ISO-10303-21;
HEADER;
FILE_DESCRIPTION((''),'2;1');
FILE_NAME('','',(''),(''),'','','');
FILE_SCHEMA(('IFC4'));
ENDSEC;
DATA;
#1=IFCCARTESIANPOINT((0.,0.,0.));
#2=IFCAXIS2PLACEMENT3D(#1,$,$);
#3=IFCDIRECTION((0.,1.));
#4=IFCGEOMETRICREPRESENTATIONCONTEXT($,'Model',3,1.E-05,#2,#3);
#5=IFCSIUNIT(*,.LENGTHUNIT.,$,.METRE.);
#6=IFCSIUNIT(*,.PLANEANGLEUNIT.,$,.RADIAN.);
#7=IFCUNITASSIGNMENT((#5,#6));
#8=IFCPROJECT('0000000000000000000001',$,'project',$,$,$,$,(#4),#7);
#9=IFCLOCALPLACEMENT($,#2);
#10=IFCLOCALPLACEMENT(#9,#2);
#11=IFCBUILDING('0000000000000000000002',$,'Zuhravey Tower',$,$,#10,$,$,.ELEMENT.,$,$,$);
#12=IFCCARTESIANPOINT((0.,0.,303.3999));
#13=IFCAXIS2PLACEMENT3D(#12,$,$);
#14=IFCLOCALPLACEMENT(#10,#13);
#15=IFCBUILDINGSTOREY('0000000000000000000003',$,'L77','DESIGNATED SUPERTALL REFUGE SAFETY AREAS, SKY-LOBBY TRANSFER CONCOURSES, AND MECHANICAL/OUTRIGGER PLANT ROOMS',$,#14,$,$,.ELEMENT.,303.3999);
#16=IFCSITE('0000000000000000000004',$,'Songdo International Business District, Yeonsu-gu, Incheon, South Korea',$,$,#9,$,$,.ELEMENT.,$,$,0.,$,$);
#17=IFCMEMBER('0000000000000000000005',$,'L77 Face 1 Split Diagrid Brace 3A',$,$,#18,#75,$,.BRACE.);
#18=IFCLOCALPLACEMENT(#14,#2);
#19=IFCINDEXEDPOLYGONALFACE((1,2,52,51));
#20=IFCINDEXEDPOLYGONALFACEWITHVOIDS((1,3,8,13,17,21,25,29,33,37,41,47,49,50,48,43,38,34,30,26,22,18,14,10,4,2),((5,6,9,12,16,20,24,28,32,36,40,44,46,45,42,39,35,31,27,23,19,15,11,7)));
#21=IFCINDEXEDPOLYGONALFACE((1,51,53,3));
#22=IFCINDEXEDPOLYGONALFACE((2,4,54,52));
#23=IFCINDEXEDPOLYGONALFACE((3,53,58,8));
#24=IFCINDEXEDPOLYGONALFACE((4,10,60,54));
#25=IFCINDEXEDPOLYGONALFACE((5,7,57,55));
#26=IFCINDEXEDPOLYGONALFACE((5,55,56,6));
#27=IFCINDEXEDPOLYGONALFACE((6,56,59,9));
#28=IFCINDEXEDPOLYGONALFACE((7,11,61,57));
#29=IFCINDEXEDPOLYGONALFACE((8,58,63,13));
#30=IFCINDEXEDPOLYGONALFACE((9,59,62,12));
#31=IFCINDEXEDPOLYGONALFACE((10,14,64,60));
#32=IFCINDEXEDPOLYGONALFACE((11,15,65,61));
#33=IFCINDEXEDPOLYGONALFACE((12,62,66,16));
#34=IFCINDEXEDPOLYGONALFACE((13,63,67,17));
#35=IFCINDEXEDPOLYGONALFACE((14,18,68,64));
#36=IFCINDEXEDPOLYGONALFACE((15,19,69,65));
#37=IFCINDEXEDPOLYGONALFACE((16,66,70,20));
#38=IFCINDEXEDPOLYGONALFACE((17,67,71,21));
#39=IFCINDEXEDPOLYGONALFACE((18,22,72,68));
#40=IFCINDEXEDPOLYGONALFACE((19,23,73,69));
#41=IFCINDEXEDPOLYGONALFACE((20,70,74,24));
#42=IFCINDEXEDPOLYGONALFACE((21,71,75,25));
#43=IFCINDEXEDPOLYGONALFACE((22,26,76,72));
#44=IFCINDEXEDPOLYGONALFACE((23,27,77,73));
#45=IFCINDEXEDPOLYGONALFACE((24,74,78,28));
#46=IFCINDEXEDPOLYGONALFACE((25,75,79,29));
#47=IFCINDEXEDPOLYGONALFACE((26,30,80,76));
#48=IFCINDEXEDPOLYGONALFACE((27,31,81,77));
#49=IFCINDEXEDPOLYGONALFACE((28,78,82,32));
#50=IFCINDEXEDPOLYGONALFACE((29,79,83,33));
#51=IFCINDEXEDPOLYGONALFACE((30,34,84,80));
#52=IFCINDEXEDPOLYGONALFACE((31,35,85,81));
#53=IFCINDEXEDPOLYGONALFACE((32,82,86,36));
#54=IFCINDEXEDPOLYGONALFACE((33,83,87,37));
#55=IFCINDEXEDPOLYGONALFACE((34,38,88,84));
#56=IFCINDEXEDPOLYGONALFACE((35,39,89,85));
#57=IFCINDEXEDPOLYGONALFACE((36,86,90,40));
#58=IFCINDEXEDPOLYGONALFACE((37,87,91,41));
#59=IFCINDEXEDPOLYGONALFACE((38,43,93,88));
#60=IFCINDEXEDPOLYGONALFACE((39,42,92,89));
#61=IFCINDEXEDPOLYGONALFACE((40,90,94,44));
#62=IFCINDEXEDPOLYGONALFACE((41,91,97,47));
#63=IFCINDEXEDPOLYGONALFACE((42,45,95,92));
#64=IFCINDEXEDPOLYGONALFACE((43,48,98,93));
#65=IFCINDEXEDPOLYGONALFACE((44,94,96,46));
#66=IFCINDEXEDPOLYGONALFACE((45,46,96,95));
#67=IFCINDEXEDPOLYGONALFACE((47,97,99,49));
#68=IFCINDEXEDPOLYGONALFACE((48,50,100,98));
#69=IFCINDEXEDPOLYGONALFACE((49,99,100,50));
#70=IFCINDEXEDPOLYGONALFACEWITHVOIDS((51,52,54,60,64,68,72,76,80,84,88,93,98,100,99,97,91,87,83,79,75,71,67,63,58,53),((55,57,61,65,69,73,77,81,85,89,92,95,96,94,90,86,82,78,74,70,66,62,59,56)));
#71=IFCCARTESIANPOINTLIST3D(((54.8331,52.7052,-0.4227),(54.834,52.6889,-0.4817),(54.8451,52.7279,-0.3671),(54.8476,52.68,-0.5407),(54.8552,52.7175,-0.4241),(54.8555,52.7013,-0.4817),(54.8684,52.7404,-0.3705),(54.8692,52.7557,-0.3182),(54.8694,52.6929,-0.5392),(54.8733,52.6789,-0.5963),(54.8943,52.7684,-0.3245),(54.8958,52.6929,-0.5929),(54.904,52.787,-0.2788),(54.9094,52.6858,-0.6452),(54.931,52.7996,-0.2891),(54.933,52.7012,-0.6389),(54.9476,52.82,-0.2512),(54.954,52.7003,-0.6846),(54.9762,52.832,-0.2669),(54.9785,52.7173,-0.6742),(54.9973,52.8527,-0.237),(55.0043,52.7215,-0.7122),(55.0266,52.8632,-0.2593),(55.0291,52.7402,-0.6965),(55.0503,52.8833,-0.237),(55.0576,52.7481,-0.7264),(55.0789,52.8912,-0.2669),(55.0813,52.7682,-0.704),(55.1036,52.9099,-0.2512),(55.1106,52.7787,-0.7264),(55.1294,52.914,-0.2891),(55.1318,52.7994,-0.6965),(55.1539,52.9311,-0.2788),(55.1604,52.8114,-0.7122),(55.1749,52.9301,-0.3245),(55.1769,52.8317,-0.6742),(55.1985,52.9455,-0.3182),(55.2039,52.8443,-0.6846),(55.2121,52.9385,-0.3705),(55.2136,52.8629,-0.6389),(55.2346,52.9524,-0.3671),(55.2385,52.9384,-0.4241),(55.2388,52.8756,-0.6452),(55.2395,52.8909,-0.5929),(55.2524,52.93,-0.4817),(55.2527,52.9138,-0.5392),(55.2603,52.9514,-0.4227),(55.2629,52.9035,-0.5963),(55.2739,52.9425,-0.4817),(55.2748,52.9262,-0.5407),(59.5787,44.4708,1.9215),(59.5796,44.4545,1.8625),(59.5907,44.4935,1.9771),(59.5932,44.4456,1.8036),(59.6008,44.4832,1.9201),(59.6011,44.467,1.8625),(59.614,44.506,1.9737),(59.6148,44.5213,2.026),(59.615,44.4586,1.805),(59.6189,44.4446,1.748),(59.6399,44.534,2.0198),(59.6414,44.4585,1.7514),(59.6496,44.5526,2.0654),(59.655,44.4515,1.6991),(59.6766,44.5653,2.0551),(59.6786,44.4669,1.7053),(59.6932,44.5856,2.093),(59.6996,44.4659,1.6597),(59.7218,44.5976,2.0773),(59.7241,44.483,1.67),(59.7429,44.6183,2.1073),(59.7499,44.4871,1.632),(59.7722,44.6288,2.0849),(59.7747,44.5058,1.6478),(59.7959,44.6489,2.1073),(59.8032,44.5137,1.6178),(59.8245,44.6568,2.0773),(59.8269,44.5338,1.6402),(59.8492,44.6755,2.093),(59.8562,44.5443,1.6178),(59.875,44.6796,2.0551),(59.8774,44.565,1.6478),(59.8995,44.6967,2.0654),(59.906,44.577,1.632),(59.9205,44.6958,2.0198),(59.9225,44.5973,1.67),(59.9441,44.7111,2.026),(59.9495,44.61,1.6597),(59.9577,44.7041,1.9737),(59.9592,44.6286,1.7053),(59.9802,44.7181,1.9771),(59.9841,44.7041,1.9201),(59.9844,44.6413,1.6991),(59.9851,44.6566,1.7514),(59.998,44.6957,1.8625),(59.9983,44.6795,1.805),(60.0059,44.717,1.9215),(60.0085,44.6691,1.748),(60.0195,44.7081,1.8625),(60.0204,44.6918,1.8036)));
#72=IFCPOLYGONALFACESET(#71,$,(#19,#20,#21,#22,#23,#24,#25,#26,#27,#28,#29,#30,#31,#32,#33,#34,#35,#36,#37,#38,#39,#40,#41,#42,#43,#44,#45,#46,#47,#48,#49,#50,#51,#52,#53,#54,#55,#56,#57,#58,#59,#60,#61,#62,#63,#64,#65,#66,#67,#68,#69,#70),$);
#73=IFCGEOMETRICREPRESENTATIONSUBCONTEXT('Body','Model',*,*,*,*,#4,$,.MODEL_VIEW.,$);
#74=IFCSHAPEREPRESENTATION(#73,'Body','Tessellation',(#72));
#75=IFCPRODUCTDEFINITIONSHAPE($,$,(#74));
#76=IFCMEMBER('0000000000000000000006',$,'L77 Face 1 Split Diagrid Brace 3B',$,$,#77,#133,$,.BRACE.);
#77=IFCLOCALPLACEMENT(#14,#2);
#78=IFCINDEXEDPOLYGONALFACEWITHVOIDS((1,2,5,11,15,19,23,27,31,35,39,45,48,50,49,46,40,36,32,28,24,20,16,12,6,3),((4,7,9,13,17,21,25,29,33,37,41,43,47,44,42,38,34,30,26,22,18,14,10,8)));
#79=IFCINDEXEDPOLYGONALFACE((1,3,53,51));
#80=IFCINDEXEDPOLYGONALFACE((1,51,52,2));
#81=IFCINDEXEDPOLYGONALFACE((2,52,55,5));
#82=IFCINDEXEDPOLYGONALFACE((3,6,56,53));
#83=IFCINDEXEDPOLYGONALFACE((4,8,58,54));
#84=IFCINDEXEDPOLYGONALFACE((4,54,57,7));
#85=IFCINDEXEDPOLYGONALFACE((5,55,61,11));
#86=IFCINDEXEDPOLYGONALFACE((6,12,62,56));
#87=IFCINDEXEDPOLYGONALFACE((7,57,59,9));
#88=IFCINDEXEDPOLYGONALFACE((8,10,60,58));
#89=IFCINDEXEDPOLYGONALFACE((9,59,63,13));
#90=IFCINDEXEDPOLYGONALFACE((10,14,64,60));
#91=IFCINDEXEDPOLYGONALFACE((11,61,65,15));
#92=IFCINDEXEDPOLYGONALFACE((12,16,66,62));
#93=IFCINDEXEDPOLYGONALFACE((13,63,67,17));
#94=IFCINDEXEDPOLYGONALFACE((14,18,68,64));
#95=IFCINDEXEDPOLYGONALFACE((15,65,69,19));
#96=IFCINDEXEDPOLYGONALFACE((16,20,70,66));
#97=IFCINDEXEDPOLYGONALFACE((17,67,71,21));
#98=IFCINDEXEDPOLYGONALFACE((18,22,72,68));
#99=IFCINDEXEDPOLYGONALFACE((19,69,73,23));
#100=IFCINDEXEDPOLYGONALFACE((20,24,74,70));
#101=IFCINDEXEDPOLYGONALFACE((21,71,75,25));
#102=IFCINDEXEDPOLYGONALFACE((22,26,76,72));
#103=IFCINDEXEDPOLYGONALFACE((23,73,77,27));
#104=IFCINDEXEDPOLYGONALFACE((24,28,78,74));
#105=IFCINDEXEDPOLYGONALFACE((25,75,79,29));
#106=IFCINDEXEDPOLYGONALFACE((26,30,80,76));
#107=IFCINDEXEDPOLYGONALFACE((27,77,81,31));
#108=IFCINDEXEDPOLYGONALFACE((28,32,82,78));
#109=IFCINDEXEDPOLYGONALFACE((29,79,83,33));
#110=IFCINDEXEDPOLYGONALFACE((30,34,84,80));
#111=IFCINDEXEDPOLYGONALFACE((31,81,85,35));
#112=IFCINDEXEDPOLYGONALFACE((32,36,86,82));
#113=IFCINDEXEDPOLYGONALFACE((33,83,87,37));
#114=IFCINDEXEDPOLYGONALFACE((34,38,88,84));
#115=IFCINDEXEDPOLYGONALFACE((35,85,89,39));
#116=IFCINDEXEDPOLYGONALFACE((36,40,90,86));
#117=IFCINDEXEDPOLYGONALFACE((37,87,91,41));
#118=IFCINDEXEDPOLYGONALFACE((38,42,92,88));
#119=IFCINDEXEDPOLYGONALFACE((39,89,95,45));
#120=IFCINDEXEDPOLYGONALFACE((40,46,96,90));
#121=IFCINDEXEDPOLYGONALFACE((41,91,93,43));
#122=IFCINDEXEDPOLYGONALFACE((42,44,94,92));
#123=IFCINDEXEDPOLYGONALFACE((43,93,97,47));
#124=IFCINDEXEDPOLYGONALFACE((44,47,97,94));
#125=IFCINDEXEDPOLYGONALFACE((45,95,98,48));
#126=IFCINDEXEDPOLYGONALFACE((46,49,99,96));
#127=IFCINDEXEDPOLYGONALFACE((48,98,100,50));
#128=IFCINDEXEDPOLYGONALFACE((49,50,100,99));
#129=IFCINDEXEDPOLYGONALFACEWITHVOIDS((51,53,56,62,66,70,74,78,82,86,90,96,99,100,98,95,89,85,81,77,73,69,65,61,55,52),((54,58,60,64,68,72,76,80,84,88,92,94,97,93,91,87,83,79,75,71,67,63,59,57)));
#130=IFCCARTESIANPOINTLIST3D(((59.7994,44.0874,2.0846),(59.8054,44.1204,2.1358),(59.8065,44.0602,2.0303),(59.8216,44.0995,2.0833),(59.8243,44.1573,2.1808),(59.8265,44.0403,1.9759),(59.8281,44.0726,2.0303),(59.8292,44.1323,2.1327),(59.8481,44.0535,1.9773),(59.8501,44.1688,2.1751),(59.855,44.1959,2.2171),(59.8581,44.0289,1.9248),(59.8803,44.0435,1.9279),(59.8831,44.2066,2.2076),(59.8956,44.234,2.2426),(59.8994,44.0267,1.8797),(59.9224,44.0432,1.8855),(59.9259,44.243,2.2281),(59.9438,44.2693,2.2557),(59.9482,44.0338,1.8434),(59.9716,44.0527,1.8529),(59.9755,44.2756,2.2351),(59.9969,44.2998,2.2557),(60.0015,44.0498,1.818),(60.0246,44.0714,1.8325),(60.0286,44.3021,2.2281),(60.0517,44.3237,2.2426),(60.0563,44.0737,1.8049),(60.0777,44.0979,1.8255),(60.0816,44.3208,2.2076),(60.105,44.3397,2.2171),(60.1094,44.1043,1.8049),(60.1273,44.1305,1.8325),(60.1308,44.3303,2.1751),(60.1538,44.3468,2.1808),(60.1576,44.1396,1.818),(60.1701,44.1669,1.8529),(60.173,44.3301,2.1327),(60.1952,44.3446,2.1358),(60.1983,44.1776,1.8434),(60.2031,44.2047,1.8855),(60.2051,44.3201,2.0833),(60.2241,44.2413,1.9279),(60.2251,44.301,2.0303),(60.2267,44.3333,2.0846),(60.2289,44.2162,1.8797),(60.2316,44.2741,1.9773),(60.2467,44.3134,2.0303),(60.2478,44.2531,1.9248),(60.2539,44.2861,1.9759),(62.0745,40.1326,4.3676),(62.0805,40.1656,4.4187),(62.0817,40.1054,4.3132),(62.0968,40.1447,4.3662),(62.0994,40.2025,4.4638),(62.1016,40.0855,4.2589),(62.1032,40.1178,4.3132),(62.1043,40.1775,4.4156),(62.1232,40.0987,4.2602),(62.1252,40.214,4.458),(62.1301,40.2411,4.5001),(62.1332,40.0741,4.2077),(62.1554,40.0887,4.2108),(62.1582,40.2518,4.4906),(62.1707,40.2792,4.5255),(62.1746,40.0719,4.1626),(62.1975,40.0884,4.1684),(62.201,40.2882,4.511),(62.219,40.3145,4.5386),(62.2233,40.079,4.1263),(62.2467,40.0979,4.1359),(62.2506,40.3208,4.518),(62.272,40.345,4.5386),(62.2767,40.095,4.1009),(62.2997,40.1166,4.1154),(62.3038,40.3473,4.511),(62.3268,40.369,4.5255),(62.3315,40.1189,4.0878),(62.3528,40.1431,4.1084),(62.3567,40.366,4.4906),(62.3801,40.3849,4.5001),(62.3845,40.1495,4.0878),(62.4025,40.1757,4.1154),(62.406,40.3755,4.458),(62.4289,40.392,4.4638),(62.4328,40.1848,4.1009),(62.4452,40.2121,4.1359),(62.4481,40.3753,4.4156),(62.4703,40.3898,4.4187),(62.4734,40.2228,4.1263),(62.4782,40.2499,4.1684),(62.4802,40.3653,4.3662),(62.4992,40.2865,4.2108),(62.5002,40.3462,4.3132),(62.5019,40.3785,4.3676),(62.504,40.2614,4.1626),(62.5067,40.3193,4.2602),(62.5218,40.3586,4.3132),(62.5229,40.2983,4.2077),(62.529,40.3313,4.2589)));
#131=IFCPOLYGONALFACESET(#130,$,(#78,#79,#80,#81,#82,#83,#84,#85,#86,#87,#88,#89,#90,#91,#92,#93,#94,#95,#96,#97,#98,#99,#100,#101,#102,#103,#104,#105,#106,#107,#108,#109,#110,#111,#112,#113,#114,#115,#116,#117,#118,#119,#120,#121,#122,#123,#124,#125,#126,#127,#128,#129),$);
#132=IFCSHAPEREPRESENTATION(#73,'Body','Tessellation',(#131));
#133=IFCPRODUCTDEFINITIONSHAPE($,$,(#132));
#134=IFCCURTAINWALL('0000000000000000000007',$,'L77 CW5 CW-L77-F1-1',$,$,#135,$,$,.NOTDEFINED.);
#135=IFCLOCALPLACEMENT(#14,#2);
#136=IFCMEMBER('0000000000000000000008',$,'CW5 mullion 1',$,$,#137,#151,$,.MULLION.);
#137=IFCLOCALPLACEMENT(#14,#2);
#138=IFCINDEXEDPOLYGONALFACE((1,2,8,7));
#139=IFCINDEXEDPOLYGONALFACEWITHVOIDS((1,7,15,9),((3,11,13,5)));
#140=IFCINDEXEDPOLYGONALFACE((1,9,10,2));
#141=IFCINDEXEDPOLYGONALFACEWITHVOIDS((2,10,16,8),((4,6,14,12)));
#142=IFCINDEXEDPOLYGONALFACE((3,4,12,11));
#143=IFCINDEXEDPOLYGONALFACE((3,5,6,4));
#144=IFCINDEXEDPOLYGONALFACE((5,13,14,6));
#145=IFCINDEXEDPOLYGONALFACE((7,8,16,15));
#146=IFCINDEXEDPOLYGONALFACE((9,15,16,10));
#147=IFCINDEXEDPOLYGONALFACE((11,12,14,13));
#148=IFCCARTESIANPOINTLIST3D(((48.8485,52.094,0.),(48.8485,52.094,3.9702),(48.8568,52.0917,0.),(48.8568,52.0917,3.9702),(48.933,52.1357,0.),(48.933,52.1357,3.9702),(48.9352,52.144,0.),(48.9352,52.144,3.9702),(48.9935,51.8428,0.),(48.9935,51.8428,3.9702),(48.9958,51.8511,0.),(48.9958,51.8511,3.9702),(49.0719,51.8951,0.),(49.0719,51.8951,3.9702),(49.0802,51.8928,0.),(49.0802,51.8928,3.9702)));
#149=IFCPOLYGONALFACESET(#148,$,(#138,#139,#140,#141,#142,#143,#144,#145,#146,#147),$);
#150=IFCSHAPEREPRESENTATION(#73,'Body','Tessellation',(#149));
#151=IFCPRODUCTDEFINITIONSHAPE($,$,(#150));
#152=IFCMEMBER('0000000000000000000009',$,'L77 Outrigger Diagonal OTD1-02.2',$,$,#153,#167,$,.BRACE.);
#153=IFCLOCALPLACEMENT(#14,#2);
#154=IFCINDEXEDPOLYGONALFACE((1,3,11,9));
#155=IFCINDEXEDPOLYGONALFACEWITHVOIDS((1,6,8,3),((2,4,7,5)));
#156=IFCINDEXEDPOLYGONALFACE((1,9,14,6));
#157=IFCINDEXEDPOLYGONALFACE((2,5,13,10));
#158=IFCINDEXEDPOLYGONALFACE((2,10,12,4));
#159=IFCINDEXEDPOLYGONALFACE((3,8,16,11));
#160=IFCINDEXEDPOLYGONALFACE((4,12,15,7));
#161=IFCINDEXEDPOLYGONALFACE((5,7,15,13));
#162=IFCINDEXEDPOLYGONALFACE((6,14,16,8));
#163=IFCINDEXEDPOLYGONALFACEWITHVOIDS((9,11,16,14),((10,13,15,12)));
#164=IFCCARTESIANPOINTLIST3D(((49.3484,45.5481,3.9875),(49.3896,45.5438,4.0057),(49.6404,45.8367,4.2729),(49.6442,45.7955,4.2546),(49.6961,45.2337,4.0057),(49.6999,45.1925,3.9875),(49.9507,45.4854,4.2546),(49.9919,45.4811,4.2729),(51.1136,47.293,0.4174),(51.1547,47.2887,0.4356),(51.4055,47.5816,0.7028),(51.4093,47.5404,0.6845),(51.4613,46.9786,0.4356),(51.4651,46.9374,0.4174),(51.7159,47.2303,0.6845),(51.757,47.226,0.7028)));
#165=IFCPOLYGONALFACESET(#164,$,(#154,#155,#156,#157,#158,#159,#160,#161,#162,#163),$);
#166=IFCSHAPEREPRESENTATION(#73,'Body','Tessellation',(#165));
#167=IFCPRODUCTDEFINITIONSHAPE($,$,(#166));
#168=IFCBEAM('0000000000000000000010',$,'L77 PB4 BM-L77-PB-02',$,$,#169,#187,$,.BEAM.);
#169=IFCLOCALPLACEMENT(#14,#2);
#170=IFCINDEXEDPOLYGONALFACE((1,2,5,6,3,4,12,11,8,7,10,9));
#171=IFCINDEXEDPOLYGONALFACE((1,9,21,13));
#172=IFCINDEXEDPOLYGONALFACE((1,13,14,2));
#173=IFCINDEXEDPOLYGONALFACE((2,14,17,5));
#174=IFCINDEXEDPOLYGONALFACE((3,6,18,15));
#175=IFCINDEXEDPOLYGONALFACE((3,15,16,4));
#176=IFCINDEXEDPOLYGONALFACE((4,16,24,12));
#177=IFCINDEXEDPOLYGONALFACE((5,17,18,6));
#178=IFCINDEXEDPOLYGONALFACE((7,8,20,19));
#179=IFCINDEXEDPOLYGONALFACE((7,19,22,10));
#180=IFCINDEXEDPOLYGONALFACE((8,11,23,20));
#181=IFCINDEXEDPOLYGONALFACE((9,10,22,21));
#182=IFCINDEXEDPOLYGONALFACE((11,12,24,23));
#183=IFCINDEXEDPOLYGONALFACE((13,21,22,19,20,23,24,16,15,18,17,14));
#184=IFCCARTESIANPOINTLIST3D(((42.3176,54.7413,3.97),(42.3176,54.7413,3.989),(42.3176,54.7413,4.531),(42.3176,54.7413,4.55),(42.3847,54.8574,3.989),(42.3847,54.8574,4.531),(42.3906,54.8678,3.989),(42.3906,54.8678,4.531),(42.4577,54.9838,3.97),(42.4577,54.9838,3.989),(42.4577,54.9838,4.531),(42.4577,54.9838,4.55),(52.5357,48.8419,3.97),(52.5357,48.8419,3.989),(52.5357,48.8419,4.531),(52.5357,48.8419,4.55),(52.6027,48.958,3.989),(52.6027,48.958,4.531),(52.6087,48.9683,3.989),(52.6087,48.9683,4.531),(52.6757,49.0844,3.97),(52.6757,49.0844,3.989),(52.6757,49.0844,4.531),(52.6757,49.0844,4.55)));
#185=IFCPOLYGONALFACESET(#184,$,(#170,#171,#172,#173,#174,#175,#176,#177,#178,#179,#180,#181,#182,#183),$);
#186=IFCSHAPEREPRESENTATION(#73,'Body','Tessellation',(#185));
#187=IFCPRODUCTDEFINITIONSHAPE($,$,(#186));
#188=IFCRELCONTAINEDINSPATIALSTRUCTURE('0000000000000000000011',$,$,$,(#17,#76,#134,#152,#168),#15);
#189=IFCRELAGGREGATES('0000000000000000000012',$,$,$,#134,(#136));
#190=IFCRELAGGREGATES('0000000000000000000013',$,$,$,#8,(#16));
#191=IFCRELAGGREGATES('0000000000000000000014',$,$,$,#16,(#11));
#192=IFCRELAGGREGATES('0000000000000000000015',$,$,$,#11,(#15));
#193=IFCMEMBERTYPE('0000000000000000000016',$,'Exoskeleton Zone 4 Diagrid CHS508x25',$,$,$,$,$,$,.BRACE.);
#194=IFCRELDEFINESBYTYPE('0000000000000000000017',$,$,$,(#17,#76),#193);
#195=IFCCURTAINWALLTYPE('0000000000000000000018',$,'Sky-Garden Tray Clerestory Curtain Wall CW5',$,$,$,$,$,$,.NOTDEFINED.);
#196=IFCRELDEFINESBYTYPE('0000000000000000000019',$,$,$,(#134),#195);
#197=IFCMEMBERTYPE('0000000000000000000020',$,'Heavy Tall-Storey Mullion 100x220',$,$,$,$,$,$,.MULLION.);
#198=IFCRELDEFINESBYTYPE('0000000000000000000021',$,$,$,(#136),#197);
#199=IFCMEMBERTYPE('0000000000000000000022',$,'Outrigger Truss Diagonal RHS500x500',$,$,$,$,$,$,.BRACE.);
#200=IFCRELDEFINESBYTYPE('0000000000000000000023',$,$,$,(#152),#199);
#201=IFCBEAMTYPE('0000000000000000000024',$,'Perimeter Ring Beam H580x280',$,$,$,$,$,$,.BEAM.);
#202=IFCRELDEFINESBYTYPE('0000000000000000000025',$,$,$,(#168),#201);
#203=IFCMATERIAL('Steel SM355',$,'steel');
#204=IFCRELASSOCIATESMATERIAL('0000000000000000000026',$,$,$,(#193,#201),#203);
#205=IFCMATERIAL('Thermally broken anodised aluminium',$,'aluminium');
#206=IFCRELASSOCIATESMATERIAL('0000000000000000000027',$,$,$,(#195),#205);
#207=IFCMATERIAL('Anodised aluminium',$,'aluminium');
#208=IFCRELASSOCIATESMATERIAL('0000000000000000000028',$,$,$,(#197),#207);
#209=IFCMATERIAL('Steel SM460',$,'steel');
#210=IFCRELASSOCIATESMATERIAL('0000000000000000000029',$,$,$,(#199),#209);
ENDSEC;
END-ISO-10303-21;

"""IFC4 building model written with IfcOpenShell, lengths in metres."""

from ifc_helpers import new_model, si_unit, direction, frame, origin, origin_2d, place, context, subcontext, project, spatial, hollow_rectangle, hollow_circle, i_section, extrude, material, material_profile, profile_set, type_object, element, aggregate, save


model = new_model("IFC4")

# Units and contexts
model_context = context("Model", 3, precision=1e-05, world=origin(), true_north=direction((0.0, 1.0)))
body_context = subcontext(model_context, "Body", "Model", "MODEL_VIEW")
ifc_project = project(units=[si_unit("LENGTHUNIT", "METRE"), si_unit("PLANEANGLEUNIT", "RADIAN")], contexts=[model_context])

# Site, building, storey
site_placement = place(None, origin())
site = spatial("IfcSite", under=ifc_project, at=site_placement, Name="Songdo International Business District, Yeonsu-gu, Incheon, South Korea", CompositionType="ELEMENT", RefElevation=0.0)
building_placement = place(site_placement, origin())
building = spatial("IfcBuilding", under=site, at=building_placement, Name="Zuhravey Tower", CompositionType="ELEMENT")
storey_placement = place(building_placement, frame((0.0, 0.0, 303.3999)))
storey = spatial("IfcBuildingStorey", under=building, at=storey_placement, Name="L77", Description="DESIGNATED SUPERTALL REFUGE SAFETY AREAS, SKY-LOBBY TRANSFER CONCOURSES, AND MECHANICAL/OUTRIGGER PLANT ROOMS", CompositionType="ELEMENT", Elevation=303.3999)

# Shared definitions
ifc_material_1 = material(Name="Steel SM355", Category="steel")

# Shared definitions
ifc_material_2 = material(Name="Steel SM460", Category="steel")

# Members
ifc_material_profile_1 = material_profile(ifc_material_1, hollow_circle(Radius=0.2539, WallThickness=0.0249, at=origin_2d()), Name="CHS-508.0x25")
ifc_profile_set_1 = profile_set([ifc_material_profile_1], Name="Steel SM355")
member_type_1 = type_object("IfcMemberType", Name="Exoskeleton Zone 4 Diagrid CHS508x25", PredefinedType="BRACE", material=ifc_profile_set_1)
member_1_placement = place(storey_placement, frame((55.054, 52.8157, -0.4817), z_axis=(0.484798, -0.841201, 0.239481), x_axis=(0.866413, 0.499328, 0.0)))
element("IfcMember", 1, at=member_1_placement, inside=storey, type_object=member_type_1, Name="L77 Face 1 Split Diagrid Brace 3A", PredefinedType="BRACE", context=body_context, shape_type="SweptSolid", body=[
    extrude(hollow_circle(Radius=0.2539, WallThickness=0.0249, at=origin_2d()), origin(), (0.0, 0.0, 1.0), 9.7888),
])
member_2_placement = place(storey_placement, frame((60.0266, 44.1868, 2.0303), z_axis=(0.445945, -0.775176, 0.447476), x_axis=(0.8668, 0.498655, 0.0)))
element("IfcMember", 2, at=member_2_placement, inside=storey, type_object=member_type_1, Name="L77 Face 1 Split Diagrid Brace 3B", PredefinedType="BRACE", context=body_context, shape_type="SweptSolid", body=[
    extrude(hollow_circle(Radius=0.2539, WallThickness=0.0249, at=origin_2d()), origin(), (0.0, 0.0, 1.0), 5.1018),
])

# Curtain wall, member
ifc_material_3 = material(Name="Thermally broken anodised aluminium", Category="aluminium")
curtain_wall_type = type_object("IfcCurtainWallType", Name="Sky-Garden Tray Clerestory Curtain Wall CW5", PredefinedType="NOTDEFINED", material=ifc_material_3)
curtain_wall_placement = place(storey_placement, origin())
curtain_wall = element("IfcCurtainWall", 3, at=curtain_wall_placement, inside=storey, type_object=curtain_wall_type, Name="L77 CW5 CW-L77-F1-1", PredefinedType="NOTDEFINED")
ifc_material_4 = material(Name="Anodised aluminium", Category="aluminium")
ifc_material_profile_2 = material_profile(ifc_material_4, hollow_rectangle(XDim=0.1001, YDim=0.29, WallThickness=0.0061, at=origin_2d()), Name="ALU-RHS-100x290x6")
ifc_profile_set_2 = profile_set([ifc_material_profile_2], Name="Anodised aluminium")
member_type_2 = type_object("IfcMemberType", Name="Heavy Tall-Storey Mullion 100x220", PredefinedType="MULLION", material=ifc_profile_set_2)
member_3_placement = place(storey_placement, frame((48.9644, 51.9934, 0.0), z_axis=(0.0, 0.0, 1.0), x_axis=(0.866028, 0.499996, 0.0)))
member_3 = element("IfcMember", 4, at=member_3_placement, type_object=member_type_2, Name="CW5 mullion 1", PredefinedType="MULLION", context=body_context, shape_type="SweptSolid", body=[
    extrude(hollow_rectangle(XDim=0.1001, YDim=0.29, WallThickness=0.0061, at=origin_2d()), origin(), (0.0, 0.0, 1.0), 3.9702),
])

# Member
ifc_material_profile_3 = material_profile(ifc_material_2, hollow_rectangle(XDim=0.5, YDim=0.5, WallThickness=0.032, at=origin_2d()), Name="RHS-500x500x32")
ifc_profile_set_3 = profile_set([ifc_material_profile_3], Name="Steel SM460")
member_type_3 = type_object("IfcMemberType", Name="Outrigger Truss Diagonal RHS500x500", PredefinedType="BRACE", material=ifc_profile_set_3)
member_4_placement = place(storey_placement, frame((51.4353, 47.2595, 0.5601), z_axis=(-0.405959, -0.401299, 0.82107), x_axis=(0.703013, -0.711177, 0.0)))
element("IfcMember", 5, at=member_4_placement, inside=storey, type_object=member_type_3, Name="L77 Outrigger Diagonal OTD1-02.2", PredefinedType="BRACE", context=body_context, shape_type="SweptSolid", body=[
    extrude(hollow_rectangle(XDim=0.5, YDim=0.5, WallThickness=0.032, at=origin_2d()), origin(), (0.0, 0.0, 1.0), 4.3481),
])

# Beam
ifc_material_profile_4 = material_profile(ifc_material_1, i_section(OverallWidth=0.28, OverallDepth=0.5801, WebThickness=0.012, FlangeThickness=0.019, at=origin_2d()), Name="H-580x280x12x19")
ifc_profile_set_4 = profile_set([ifc_material_profile_4], Name="Steel SM355")
beam_type_1 = type_object("IfcBeamType", Name="Perimeter Ring Beam H580x280", PredefinedType="BEAM", material=ifc_profile_set_4)
beam_1_placement = place(storey_placement, frame((52.6057, 48.9631, 4.26), z_axis=(-0.866024, 0.500002, 0.0), x_axis=(-0.500002, -0.866024, 0.0)))
element("IfcBeam", 6, at=beam_1_placement, inside=storey, type_object=beam_type_1, Name="L77 PB4 BM-L77-PB-02", PredefinedType="BEAM", context=body_context, shape_type="SweptSolid", body=[
    extrude(i_section(OverallWidth=0.28, OverallDepth=0.5801, WebThickness=0.012, FlangeThickness=0.019, at=origin_2d()), origin(), (0.0, 0.0, 1.0), 11.7988),
])

aggregate(curtain_wall, [member_3])

save(model, "model.ifc")
